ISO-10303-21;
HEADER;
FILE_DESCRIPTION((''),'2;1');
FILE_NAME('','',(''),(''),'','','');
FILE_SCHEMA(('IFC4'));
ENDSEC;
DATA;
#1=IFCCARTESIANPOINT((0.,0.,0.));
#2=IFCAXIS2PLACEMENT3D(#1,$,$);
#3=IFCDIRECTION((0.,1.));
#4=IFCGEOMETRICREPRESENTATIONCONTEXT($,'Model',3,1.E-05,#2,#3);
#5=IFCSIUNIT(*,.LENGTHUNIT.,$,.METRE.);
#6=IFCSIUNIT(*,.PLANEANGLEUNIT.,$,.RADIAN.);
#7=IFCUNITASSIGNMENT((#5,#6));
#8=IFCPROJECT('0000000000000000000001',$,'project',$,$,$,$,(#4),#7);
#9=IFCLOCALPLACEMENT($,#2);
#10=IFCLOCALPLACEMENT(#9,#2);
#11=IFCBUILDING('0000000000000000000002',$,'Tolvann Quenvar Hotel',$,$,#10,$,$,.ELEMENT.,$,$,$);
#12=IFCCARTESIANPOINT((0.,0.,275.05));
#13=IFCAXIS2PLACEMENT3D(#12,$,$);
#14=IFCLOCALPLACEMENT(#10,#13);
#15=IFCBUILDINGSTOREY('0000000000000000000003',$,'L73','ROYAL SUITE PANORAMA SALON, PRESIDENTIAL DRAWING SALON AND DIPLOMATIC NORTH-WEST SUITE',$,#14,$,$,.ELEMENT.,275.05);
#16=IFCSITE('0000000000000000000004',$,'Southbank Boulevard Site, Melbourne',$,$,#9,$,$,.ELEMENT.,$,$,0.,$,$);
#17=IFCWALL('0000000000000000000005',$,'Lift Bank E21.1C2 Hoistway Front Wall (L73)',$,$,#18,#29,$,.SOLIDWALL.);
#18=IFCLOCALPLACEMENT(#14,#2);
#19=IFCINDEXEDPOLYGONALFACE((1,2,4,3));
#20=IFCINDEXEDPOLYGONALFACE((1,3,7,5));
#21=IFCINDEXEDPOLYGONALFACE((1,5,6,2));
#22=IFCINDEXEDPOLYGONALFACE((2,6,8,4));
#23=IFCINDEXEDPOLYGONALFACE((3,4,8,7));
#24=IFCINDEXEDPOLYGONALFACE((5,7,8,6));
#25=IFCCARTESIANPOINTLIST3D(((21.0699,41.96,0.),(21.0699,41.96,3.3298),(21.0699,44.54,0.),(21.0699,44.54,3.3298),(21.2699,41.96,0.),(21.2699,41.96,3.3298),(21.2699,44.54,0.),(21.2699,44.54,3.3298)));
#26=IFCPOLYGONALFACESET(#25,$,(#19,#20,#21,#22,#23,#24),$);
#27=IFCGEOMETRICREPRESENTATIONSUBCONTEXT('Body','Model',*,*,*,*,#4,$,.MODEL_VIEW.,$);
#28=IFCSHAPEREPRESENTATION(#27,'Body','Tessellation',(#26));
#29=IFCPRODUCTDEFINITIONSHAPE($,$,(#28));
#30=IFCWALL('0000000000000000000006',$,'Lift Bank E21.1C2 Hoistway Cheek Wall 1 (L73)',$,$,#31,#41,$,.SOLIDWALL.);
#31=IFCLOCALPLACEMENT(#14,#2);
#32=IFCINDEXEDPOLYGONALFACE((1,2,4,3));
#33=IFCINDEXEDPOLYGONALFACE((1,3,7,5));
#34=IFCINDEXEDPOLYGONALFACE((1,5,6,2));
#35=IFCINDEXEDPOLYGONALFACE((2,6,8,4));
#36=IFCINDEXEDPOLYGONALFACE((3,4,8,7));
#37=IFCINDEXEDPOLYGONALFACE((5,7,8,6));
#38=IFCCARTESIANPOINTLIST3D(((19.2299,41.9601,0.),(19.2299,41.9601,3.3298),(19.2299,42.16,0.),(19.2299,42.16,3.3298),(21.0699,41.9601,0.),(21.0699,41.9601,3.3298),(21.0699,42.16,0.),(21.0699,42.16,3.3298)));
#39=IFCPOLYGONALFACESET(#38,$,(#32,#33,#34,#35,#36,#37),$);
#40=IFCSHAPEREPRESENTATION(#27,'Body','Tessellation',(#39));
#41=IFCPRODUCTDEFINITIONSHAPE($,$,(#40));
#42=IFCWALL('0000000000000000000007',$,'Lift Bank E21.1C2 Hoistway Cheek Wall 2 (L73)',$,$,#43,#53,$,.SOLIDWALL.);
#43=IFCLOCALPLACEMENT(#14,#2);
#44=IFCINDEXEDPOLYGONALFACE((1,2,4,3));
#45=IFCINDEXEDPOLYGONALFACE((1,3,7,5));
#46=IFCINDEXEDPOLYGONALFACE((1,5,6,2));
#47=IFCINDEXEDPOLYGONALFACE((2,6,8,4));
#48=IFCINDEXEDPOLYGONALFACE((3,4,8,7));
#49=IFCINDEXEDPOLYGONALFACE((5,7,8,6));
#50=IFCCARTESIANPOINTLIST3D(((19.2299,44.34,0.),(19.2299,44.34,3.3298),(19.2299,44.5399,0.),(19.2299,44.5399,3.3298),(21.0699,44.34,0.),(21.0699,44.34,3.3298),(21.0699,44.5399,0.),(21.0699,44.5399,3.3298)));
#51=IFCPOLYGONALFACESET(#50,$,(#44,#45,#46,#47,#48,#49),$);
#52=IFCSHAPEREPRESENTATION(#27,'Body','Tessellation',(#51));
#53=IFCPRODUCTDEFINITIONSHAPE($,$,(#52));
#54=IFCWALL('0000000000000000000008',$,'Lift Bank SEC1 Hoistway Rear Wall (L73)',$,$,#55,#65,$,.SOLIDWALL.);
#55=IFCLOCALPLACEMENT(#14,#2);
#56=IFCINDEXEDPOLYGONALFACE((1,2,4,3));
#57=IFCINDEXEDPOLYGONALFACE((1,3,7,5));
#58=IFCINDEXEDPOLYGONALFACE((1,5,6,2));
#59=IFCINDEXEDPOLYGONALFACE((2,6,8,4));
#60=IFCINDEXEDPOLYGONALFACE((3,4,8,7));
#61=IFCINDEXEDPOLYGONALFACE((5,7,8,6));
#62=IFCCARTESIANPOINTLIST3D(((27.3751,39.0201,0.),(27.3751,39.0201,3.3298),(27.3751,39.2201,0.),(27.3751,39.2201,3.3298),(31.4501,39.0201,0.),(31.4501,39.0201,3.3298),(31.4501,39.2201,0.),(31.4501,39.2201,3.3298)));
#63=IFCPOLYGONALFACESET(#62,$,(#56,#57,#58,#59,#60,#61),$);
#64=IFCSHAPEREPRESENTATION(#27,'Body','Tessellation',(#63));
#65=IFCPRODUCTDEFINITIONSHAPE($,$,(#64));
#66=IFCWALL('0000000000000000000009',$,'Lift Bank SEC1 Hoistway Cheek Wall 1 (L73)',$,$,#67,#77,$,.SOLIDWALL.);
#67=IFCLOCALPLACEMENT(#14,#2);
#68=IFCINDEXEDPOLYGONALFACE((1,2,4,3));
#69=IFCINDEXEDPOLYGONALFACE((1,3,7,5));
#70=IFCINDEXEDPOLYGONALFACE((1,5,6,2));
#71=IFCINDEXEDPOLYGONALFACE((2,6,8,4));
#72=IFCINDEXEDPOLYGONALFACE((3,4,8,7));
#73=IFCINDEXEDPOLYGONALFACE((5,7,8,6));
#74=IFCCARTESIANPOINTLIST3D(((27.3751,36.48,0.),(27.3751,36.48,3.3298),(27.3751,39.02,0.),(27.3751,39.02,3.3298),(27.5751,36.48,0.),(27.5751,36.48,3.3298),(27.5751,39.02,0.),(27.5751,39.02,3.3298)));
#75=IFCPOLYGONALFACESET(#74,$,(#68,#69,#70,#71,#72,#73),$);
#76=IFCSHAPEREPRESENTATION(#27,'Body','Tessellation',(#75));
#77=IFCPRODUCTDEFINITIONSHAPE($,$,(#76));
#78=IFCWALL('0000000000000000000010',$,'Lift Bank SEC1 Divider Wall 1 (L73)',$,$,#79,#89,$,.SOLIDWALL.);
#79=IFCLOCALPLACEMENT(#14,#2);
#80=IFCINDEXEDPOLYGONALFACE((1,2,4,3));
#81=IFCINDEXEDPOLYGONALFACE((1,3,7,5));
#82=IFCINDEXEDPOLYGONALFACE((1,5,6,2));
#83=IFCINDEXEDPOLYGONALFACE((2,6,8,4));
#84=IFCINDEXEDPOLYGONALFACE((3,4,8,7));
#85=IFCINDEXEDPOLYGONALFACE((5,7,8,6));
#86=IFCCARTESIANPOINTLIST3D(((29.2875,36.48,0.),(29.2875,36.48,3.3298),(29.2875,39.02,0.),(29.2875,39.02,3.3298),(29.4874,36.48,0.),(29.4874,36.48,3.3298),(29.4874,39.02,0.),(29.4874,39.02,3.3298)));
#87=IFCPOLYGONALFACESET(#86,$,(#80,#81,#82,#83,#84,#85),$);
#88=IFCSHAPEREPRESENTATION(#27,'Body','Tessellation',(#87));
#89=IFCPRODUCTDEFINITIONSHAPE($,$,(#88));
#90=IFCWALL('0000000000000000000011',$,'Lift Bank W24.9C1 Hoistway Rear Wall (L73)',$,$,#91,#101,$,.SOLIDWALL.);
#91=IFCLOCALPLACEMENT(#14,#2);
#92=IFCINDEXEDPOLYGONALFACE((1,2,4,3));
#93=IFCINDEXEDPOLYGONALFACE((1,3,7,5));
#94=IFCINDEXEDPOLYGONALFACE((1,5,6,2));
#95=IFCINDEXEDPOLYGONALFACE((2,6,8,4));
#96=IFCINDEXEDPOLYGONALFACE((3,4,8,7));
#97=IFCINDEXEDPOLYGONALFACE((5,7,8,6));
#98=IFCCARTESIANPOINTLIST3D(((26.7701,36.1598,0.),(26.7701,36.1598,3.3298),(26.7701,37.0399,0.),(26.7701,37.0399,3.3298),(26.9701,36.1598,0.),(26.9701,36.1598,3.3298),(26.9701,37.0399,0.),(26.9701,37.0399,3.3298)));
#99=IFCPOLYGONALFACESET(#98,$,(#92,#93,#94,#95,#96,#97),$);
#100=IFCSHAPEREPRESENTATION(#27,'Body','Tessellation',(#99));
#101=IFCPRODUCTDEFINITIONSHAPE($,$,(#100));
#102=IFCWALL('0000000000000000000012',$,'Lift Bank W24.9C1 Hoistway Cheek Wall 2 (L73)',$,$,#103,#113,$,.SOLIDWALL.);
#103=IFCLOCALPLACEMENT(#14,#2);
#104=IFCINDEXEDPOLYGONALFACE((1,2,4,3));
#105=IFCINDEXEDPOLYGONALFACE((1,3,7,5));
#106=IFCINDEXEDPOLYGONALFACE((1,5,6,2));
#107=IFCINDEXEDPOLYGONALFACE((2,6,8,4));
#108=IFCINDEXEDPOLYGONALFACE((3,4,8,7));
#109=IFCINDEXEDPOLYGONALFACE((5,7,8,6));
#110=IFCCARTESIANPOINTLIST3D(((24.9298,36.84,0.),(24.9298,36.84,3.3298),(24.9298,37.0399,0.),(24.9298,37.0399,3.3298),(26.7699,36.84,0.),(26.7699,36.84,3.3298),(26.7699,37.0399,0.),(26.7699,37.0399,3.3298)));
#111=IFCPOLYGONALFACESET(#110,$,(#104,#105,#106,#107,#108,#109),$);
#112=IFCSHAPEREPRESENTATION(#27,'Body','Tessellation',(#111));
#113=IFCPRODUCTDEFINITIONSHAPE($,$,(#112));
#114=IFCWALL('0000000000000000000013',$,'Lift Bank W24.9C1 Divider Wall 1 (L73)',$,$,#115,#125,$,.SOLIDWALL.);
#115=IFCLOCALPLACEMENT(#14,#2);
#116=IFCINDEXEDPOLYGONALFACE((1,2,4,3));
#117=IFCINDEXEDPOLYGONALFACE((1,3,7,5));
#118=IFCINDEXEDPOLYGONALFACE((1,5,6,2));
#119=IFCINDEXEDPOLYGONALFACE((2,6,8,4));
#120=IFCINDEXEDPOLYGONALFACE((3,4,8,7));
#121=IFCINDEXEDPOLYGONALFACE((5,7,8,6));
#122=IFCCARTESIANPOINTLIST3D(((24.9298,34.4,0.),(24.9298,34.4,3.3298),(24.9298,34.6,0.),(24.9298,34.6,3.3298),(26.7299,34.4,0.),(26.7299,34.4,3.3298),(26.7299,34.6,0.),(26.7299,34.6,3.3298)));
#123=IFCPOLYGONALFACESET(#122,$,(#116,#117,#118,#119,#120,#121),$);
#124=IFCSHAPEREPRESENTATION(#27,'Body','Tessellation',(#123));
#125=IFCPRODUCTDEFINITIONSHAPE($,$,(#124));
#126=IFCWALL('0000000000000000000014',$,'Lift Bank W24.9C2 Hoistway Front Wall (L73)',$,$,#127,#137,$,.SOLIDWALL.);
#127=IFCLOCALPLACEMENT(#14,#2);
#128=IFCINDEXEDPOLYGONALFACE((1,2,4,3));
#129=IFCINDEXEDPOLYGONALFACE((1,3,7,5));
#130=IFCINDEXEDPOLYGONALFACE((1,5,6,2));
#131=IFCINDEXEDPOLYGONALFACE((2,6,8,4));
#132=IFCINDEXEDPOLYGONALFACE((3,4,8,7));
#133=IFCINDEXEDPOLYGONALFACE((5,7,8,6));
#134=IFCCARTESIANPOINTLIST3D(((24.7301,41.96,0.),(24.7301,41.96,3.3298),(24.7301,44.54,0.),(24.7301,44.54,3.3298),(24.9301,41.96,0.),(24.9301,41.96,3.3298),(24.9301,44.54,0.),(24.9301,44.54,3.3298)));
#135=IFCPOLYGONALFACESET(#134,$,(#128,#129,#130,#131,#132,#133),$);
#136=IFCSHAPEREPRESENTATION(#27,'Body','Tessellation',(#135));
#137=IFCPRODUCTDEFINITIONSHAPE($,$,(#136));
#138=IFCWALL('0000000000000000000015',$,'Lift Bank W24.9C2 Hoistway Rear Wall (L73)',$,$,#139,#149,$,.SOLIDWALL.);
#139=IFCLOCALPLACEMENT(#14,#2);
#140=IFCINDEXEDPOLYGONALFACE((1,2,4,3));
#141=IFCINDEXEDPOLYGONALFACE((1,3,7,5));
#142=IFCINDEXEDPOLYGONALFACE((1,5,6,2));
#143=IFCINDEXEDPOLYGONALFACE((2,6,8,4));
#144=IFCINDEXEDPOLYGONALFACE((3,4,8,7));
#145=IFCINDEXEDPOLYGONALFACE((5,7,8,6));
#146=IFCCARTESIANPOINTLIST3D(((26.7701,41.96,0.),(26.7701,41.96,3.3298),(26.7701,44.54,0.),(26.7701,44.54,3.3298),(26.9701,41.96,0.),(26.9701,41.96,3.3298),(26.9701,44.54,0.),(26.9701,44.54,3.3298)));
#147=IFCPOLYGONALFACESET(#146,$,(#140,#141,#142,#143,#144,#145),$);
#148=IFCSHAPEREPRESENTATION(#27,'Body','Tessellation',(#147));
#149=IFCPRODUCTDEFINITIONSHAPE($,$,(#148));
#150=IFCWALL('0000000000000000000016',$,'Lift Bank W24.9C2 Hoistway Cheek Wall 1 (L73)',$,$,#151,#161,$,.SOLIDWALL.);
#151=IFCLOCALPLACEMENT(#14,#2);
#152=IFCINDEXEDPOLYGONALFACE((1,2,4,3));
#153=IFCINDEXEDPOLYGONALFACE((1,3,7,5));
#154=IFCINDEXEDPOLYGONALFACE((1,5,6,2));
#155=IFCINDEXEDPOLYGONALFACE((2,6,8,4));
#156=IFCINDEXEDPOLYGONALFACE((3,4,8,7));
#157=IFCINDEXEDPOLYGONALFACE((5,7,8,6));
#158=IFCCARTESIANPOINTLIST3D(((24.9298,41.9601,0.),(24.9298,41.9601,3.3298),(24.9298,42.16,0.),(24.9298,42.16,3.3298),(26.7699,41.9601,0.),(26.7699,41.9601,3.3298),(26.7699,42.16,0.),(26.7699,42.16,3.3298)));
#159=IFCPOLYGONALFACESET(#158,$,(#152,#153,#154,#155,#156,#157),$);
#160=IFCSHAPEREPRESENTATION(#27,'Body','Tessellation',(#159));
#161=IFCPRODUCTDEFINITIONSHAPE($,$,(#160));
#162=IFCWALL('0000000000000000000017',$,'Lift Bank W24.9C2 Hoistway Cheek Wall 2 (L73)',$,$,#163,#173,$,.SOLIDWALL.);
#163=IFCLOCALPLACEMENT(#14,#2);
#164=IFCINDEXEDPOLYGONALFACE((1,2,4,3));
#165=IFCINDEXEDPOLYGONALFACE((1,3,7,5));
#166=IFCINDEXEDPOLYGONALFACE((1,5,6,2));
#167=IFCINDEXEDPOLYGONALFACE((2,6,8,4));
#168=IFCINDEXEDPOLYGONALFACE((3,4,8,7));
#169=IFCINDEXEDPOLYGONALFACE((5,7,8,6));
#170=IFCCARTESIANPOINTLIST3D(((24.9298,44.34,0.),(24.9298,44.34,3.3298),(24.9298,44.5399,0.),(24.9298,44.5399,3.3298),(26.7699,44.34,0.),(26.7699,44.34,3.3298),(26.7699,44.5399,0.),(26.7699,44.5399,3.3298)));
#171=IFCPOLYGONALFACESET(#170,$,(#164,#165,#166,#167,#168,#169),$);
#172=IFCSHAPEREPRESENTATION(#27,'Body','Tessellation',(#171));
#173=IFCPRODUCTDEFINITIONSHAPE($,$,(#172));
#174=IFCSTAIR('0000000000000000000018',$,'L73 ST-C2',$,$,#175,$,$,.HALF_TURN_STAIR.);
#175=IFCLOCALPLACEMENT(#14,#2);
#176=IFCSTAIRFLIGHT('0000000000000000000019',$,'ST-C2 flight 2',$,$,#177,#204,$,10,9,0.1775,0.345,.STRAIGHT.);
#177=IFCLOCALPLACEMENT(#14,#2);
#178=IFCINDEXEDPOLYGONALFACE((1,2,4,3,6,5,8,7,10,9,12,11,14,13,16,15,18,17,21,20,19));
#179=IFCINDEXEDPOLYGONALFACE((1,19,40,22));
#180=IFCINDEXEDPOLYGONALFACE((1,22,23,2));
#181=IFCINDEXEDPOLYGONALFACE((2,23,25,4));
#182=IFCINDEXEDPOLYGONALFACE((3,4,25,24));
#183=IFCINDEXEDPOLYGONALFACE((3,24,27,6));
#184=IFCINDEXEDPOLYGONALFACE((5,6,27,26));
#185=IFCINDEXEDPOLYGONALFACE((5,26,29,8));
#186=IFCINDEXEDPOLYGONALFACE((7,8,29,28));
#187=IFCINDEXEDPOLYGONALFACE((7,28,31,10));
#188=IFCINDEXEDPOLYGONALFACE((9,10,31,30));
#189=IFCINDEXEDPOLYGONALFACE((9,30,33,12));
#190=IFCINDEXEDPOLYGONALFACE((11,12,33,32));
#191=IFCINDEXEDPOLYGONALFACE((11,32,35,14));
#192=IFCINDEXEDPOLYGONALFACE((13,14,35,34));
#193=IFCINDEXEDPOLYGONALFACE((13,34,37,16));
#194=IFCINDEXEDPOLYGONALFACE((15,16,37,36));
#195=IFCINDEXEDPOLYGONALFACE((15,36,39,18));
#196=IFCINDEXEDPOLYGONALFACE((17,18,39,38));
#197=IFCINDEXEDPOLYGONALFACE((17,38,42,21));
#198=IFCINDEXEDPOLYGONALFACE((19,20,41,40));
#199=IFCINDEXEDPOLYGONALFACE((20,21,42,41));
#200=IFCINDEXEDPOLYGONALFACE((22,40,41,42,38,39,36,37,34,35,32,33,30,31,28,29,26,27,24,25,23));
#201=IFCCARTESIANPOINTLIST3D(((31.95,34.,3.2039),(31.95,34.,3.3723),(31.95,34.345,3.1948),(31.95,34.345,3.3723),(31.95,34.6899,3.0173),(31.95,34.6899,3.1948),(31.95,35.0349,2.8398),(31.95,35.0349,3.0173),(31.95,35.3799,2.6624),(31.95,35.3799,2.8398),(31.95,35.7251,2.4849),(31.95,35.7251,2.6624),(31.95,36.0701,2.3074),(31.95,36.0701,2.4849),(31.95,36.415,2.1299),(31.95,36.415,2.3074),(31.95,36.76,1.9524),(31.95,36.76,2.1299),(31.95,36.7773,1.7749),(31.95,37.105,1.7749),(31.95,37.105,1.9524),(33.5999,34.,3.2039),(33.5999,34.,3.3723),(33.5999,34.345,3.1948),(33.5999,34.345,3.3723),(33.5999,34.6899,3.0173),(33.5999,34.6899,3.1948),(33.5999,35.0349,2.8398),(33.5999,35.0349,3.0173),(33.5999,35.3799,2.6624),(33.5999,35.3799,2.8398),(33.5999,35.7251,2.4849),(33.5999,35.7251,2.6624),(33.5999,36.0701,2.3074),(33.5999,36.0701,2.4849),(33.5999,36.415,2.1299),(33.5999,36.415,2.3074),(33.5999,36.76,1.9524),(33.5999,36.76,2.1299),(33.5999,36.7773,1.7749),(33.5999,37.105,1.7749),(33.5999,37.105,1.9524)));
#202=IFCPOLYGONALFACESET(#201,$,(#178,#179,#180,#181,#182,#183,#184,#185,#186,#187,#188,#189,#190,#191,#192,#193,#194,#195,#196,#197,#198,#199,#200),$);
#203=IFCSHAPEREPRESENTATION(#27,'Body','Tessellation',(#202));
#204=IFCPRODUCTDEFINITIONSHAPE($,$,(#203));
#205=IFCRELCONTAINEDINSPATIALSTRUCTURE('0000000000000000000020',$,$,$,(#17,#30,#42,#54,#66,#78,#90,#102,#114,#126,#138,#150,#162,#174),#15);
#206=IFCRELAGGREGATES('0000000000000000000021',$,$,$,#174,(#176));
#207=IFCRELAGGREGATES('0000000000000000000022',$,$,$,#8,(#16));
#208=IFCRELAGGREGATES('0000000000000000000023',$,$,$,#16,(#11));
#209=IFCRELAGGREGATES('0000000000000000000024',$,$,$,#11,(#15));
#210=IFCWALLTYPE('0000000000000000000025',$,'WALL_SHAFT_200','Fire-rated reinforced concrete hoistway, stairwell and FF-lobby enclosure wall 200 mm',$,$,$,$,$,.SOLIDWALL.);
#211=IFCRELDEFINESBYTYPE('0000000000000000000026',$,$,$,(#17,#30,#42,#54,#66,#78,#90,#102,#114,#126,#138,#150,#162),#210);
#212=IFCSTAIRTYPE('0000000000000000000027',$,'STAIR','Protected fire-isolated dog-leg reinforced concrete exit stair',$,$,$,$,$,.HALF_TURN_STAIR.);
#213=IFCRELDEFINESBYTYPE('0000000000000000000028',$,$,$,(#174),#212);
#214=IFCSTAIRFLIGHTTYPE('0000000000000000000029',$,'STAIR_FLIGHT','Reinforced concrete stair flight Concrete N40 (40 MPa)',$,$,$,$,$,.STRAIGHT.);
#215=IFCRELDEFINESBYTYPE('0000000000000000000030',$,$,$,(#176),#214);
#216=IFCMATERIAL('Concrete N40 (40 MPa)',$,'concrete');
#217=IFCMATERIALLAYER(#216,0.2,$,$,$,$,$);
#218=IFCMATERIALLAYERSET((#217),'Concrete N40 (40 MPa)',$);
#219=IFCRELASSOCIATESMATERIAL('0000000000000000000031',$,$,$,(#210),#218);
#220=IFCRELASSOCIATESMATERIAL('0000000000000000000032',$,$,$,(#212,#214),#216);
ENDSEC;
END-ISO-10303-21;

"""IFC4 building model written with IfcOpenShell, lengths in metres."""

from ifc_helpers import new_model, si_unit, direction, frame, frame_2d, origin, place, context, subcontext, project, spatial, polyline, rectangle, outline, extrude, material, layer, layer_set, type_object, element, aggregate, save


model = new_model("IFC4")

# Units and contexts
model_context = context("Model", 3, precision=1e-05, world=origin(), true_north=direction((0.0, 1.0)))
body_context = subcontext(model_context, "Body", "Model", "MODEL_VIEW")
ifc_project = project(units=[si_unit("LENGTHUNIT", "METRE"), si_unit("PLANEANGLEUNIT", "RADIAN")], contexts=[model_context])

# Site, building, storey
site_placement = place(None, origin())
site = spatial("IfcSite", under=ifc_project, at=site_placement, Name="Southbank Boulevard Site, Melbourne", CompositionType="ELEMENT", RefElevation=0.0)
building_placement = place(site_placement, origin())
building = spatial("IfcBuilding", under=site, at=building_placement, Name="Tolvann Quenvar Hotel", CompositionType="ELEMENT")
storey_placement = place(building_placement, frame((0.0, 0.0, 275.05)))
storey = spatial("IfcBuildingStorey", under=building, at=storey_placement, Name="L73", Description="ROYAL SUITE PANORAMA SALON, PRESIDENTIAL DRAWING SALON AND DIPLOMATIC NORTH-WEST SUITE", CompositionType="ELEMENT", Elevation=275.05)

# Walls
ifc_material_1 = material(Name="Concrete N40 (40 MPa)", Category="concrete")
ifc_layer_1 = layer(ifc_material_1, 0.2)
ifc_layer_set_1 = layer_set([ifc_layer_1], Name="Concrete N40 (40 MPa)")
wall_type_1 = type_object("IfcWallType", Name="WALL_SHAFT_200", Description="Fire-rated reinforced concrete hoistway, stairwell and FF-lobby enclosure wall 200 mm", PredefinedType="SOLIDWALL", material=ifc_layer_set_1)
wall_1_placement = place(storey_placement, frame((21.1699, 41.96, 0.0), z_axis=(0.0, 0.0, 1.0), x_axis=(0.0, 1.0, 0.0)))
element("IfcWall", 1, at=wall_1_placement, inside=storey, type_object=wall_type_1, Name="Lift Bank E21.1C2 Hoistway Front Wall (L73)", PredefinedType="SOLIDWALL", context=body_context, shape_type="SweptSolid", body=[
    extrude(rectangle(XDim=2.5801, YDim=0.2, at=frame_2d((1.29, 0.0))), origin(), (0.0, 0.0, 1.0), 3.3298),
])
for number, where, z_axis, x_axis, name in (
    (2, (19.23, 42.0601, 0.0), (0.0, 0.0, 1.0), (1.0, 0.0, 0.0), "Lift Bank E21.1C2 Hoistway Cheek Wall 1 (L73)"),
    (3, (19.23, 44.4399, 0.0), (0.0, 0.0, 1.0), (1.0, 0.0, 0.0), "Lift Bank E21.1C2 Hoistway Cheek Wall 2 (L73)"),
):
    element("IfcWall", number, at=place(storey_placement, frame(where, z_axis=z_axis, x_axis=x_axis)), inside=storey, type_object=wall_type_1, Name=name, PredefinedType="SOLIDWALL", context=body_context, shape_type="SweptSolid", body=[
        extrude(rectangle(XDim=1.8401, YDim=0.2, at=frame_2d((0.9199, 0.0))), origin(), (0.0, 0.0, 1.0), 3.3298),
    ])

# Walls
wall_2_placement = place(storey_placement, frame((27.375, 39.1201, 0.0), z_axis=(0.0, 0.0, 1.0), x_axis=(1.0, 0.0, 0.0)))
element("IfcWall", 4, at=wall_2_placement, inside=storey, type_object=wall_type_1, Name="Lift Bank SEC1 Hoistway Rear Wall (L73)", PredefinedType="SOLIDWALL", context=body_context, shape_type="SweptSolid", body=[
    extrude(rectangle(XDim=4.075, YDim=0.2, at=frame_2d((2.0376, 0.0))), origin(), (0.0, 0.0, 1.0), 3.3298),
])
for number, where, z_axis, x_axis, name in (
    (5, (27.4751, 36.48, 0.0), (0.0, 0.0, 1.0), (0.0, 1.0, 0.0), "Lift Bank SEC1 Hoistway Cheek Wall 1 (L73)"),
    (6, (29.3875, 36.48, 0.0), (0.0, 0.0, 1.0), (0.0, 1.0, 0.0), "Lift Bank SEC1 Divider Wall 1 (L73)"),
):
    element("IfcWall", number, at=place(storey_placement, frame(where, z_axis=z_axis, x_axis=x_axis)), inside=storey, type_object=wall_type_1, Name=name, PredefinedType="SOLIDWALL", context=body_context, shape_type="SweptSolid", body=[
        extrude(rectangle(XDim=2.54, YDim=0.2, at=frame_2d((1.27, 0.0))), origin(), (0.0, 0.0, 1.0), 3.3298),
    ])
wall_3_placement = place(storey_placement, frame((26.8701, 36.1599, 0.0), z_axis=(0.0, 0.0, 1.0), x_axis=(0.0, 1.0, 0.0)))
element("IfcWall", 7, at=wall_3_placement, inside=storey, type_object=wall_type_1, Name="Lift Bank W24.9C1 Hoistway Rear Wall (L73)", PredefinedType="SOLIDWALL", context=body_context, shape_type="SweptSolid", body=[
    extrude(rectangle(XDim=0.8801, YDim=0.2, at=frame_2d((0.4399, 0.0))), origin(), (0.0, 0.0, 1.0), 3.3298),
])
wall_4_placement = place(storey_placement, frame((24.9299, 36.9399, 0.0), z_axis=(0.0, 0.0, 1.0), x_axis=(1.0, 0.0, 0.0)))
element("IfcWall", 8, at=wall_4_placement, inside=storey, type_object=wall_type_1, Name="Lift Bank W24.9C1 Hoistway Cheek Wall 2 (L73)", PredefinedType="SOLIDWALL", context=body_context, shape_type="SweptSolid", body=[
    extrude(rectangle(XDim=1.8401, YDim=0.2, at=frame_2d((0.9199, 0.0))), origin(), (0.0, 0.0, 1.0), 3.3298),
])
wall_5_placement = place(storey_placement, frame((24.9299, 34.5, 0.0), z_axis=(0.0, 0.0, 1.0), x_axis=(1.0, 0.0, 0.0)))
element("IfcWall", 9, at=wall_5_placement, inside=storey, type_object=wall_type_1, Name="Lift Bank W24.9C1 Divider Wall 1 (L73)", PredefinedType="SOLIDWALL", context=body_context, shape_type="SweptSolid", body=[
    extrude(rectangle(XDim=1.8, YDim=0.2, at=frame_2d((0.8999, 0.0))), origin(), (0.0, 0.0, 1.0), 3.3298),
])
for number, where, z_axis, x_axis, name in (
    (10, (24.8301, 41.96, 0.0), (0.0, 0.0, 1.0), (0.0, 1.0, 0.0), "Lift Bank W24.9C2 Hoistway Front Wall (L73)"),
    (11, (26.8701, 41.96, 0.0), (0.0, 0.0, 1.0), (0.0, 1.0, 0.0), "Lift Bank W24.9C2 Hoistway Rear Wall (L73)"),
):
    element("IfcWall", number, at=place(storey_placement, frame(where, z_axis=z_axis, x_axis=x_axis)), inside=storey, type_object=wall_type_1, Name=name, PredefinedType="SOLIDWALL", context=body_context, shape_type="SweptSolid", body=[
        extrude(rectangle(XDim=2.5801, YDim=0.2, at=frame_2d((1.29, 0.0))), origin(), (0.0, 0.0, 1.0), 3.3298),
    ])
for number, where, z_axis, x_axis, name in (
    (12, (24.9299, 42.0601, 0.0), (0.0, 0.0, 1.0), (1.0, 0.0, 0.0), "Lift Bank W24.9C2 Hoistway Cheek Wall 1 (L73)"),
    (13, (24.9299, 44.4399, 0.0), (0.0, 0.0, 1.0), (1.0, 0.0, 0.0), "Lift Bank W24.9C2 Hoistway Cheek Wall 2 (L73)"),
):
    element("IfcWall", number, at=place(storey_placement, frame(where, z_axis=z_axis, x_axis=x_axis)), inside=storey, type_object=wall_type_1, Name=name, PredefinedType="SOLIDWALL", context=body_context, shape_type="SweptSolid", body=[
        extrude(rectangle(XDim=1.8401, YDim=0.2, at=frame_2d((0.9199, 0.0))), origin(), (0.0, 0.0, 1.0), 3.3298),
    ])

# Stair, stair flight
stair_type = type_object("IfcStairType", Name="STAIR", Description="Protected fire-isolated dog-leg reinforced concrete exit stair", PredefinedType="HALF_TURN_STAIR", material=ifc_material_1)
stair_placement = place(storey_placement, origin())
stair = element("IfcStair", 14, at=stair_placement, inside=storey, type_object=stair_type, Name="L73 ST-C2", PredefinedType="HALF_TURN_STAIR")
stair_flight_type = type_object("IfcStairFlightType", Name="STAIR_FLIGHT", Description="Reinforced concrete stair flight Concrete N40 (40 MPa)", PredefinedType="STRAIGHT", material=ifc_material_1)
stair_flight_placement = place(storey_placement, frame((32.7749, 37.105, 1.7749), z_axis=(0.0, 0.0, 1.0), x_axis=(0.0, -1.0, 0.0)))
stair_flight = element("IfcStairFlight", 15, at=stair_flight_placement, type_object=stair_flight_type, Name="ST-C2 flight 2", NumberOfRisers=10, NumberOfTreads=9, PredefinedType="STRAIGHT", RiserHeight=0.1775, TreadLength=0.345, context=body_context, shape_type="SweptSolid", body=[
    extrude(outline(polyline([(0.0, 0.0), (0.0, 0.1775), (0.345, 0.1775), (0.345, 0.355), (0.6899, 0.355), (0.6899, 0.5325), (1.0349, 0.5325), (1.0349, 0.71), (1.3799, 0.71), (1.3799, 0.8875), (1.7251, 0.8875), (1.7251, 1.0649), (2.0701, 1.0649), (2.0701, 1.2424), (2.415, 1.2424), (2.415, 1.4199), (2.76, 1.4199), (2.76, 1.5974), (3.105, 1.5974), (3.105, 1.7749), (3.105, 1.429), (0.3276, 0.0), (0.0, 0.0)])), frame((0.0, 0.825, 0.0), z_axis=(0.0, -1.0, 0.0), x_axis=(1.0, 0.0, 0.0)), (0.0, 0.0, 1.0), 1.6499),
])
aggregate(stair, [stair_flight])

save(model, "model.ifc")
